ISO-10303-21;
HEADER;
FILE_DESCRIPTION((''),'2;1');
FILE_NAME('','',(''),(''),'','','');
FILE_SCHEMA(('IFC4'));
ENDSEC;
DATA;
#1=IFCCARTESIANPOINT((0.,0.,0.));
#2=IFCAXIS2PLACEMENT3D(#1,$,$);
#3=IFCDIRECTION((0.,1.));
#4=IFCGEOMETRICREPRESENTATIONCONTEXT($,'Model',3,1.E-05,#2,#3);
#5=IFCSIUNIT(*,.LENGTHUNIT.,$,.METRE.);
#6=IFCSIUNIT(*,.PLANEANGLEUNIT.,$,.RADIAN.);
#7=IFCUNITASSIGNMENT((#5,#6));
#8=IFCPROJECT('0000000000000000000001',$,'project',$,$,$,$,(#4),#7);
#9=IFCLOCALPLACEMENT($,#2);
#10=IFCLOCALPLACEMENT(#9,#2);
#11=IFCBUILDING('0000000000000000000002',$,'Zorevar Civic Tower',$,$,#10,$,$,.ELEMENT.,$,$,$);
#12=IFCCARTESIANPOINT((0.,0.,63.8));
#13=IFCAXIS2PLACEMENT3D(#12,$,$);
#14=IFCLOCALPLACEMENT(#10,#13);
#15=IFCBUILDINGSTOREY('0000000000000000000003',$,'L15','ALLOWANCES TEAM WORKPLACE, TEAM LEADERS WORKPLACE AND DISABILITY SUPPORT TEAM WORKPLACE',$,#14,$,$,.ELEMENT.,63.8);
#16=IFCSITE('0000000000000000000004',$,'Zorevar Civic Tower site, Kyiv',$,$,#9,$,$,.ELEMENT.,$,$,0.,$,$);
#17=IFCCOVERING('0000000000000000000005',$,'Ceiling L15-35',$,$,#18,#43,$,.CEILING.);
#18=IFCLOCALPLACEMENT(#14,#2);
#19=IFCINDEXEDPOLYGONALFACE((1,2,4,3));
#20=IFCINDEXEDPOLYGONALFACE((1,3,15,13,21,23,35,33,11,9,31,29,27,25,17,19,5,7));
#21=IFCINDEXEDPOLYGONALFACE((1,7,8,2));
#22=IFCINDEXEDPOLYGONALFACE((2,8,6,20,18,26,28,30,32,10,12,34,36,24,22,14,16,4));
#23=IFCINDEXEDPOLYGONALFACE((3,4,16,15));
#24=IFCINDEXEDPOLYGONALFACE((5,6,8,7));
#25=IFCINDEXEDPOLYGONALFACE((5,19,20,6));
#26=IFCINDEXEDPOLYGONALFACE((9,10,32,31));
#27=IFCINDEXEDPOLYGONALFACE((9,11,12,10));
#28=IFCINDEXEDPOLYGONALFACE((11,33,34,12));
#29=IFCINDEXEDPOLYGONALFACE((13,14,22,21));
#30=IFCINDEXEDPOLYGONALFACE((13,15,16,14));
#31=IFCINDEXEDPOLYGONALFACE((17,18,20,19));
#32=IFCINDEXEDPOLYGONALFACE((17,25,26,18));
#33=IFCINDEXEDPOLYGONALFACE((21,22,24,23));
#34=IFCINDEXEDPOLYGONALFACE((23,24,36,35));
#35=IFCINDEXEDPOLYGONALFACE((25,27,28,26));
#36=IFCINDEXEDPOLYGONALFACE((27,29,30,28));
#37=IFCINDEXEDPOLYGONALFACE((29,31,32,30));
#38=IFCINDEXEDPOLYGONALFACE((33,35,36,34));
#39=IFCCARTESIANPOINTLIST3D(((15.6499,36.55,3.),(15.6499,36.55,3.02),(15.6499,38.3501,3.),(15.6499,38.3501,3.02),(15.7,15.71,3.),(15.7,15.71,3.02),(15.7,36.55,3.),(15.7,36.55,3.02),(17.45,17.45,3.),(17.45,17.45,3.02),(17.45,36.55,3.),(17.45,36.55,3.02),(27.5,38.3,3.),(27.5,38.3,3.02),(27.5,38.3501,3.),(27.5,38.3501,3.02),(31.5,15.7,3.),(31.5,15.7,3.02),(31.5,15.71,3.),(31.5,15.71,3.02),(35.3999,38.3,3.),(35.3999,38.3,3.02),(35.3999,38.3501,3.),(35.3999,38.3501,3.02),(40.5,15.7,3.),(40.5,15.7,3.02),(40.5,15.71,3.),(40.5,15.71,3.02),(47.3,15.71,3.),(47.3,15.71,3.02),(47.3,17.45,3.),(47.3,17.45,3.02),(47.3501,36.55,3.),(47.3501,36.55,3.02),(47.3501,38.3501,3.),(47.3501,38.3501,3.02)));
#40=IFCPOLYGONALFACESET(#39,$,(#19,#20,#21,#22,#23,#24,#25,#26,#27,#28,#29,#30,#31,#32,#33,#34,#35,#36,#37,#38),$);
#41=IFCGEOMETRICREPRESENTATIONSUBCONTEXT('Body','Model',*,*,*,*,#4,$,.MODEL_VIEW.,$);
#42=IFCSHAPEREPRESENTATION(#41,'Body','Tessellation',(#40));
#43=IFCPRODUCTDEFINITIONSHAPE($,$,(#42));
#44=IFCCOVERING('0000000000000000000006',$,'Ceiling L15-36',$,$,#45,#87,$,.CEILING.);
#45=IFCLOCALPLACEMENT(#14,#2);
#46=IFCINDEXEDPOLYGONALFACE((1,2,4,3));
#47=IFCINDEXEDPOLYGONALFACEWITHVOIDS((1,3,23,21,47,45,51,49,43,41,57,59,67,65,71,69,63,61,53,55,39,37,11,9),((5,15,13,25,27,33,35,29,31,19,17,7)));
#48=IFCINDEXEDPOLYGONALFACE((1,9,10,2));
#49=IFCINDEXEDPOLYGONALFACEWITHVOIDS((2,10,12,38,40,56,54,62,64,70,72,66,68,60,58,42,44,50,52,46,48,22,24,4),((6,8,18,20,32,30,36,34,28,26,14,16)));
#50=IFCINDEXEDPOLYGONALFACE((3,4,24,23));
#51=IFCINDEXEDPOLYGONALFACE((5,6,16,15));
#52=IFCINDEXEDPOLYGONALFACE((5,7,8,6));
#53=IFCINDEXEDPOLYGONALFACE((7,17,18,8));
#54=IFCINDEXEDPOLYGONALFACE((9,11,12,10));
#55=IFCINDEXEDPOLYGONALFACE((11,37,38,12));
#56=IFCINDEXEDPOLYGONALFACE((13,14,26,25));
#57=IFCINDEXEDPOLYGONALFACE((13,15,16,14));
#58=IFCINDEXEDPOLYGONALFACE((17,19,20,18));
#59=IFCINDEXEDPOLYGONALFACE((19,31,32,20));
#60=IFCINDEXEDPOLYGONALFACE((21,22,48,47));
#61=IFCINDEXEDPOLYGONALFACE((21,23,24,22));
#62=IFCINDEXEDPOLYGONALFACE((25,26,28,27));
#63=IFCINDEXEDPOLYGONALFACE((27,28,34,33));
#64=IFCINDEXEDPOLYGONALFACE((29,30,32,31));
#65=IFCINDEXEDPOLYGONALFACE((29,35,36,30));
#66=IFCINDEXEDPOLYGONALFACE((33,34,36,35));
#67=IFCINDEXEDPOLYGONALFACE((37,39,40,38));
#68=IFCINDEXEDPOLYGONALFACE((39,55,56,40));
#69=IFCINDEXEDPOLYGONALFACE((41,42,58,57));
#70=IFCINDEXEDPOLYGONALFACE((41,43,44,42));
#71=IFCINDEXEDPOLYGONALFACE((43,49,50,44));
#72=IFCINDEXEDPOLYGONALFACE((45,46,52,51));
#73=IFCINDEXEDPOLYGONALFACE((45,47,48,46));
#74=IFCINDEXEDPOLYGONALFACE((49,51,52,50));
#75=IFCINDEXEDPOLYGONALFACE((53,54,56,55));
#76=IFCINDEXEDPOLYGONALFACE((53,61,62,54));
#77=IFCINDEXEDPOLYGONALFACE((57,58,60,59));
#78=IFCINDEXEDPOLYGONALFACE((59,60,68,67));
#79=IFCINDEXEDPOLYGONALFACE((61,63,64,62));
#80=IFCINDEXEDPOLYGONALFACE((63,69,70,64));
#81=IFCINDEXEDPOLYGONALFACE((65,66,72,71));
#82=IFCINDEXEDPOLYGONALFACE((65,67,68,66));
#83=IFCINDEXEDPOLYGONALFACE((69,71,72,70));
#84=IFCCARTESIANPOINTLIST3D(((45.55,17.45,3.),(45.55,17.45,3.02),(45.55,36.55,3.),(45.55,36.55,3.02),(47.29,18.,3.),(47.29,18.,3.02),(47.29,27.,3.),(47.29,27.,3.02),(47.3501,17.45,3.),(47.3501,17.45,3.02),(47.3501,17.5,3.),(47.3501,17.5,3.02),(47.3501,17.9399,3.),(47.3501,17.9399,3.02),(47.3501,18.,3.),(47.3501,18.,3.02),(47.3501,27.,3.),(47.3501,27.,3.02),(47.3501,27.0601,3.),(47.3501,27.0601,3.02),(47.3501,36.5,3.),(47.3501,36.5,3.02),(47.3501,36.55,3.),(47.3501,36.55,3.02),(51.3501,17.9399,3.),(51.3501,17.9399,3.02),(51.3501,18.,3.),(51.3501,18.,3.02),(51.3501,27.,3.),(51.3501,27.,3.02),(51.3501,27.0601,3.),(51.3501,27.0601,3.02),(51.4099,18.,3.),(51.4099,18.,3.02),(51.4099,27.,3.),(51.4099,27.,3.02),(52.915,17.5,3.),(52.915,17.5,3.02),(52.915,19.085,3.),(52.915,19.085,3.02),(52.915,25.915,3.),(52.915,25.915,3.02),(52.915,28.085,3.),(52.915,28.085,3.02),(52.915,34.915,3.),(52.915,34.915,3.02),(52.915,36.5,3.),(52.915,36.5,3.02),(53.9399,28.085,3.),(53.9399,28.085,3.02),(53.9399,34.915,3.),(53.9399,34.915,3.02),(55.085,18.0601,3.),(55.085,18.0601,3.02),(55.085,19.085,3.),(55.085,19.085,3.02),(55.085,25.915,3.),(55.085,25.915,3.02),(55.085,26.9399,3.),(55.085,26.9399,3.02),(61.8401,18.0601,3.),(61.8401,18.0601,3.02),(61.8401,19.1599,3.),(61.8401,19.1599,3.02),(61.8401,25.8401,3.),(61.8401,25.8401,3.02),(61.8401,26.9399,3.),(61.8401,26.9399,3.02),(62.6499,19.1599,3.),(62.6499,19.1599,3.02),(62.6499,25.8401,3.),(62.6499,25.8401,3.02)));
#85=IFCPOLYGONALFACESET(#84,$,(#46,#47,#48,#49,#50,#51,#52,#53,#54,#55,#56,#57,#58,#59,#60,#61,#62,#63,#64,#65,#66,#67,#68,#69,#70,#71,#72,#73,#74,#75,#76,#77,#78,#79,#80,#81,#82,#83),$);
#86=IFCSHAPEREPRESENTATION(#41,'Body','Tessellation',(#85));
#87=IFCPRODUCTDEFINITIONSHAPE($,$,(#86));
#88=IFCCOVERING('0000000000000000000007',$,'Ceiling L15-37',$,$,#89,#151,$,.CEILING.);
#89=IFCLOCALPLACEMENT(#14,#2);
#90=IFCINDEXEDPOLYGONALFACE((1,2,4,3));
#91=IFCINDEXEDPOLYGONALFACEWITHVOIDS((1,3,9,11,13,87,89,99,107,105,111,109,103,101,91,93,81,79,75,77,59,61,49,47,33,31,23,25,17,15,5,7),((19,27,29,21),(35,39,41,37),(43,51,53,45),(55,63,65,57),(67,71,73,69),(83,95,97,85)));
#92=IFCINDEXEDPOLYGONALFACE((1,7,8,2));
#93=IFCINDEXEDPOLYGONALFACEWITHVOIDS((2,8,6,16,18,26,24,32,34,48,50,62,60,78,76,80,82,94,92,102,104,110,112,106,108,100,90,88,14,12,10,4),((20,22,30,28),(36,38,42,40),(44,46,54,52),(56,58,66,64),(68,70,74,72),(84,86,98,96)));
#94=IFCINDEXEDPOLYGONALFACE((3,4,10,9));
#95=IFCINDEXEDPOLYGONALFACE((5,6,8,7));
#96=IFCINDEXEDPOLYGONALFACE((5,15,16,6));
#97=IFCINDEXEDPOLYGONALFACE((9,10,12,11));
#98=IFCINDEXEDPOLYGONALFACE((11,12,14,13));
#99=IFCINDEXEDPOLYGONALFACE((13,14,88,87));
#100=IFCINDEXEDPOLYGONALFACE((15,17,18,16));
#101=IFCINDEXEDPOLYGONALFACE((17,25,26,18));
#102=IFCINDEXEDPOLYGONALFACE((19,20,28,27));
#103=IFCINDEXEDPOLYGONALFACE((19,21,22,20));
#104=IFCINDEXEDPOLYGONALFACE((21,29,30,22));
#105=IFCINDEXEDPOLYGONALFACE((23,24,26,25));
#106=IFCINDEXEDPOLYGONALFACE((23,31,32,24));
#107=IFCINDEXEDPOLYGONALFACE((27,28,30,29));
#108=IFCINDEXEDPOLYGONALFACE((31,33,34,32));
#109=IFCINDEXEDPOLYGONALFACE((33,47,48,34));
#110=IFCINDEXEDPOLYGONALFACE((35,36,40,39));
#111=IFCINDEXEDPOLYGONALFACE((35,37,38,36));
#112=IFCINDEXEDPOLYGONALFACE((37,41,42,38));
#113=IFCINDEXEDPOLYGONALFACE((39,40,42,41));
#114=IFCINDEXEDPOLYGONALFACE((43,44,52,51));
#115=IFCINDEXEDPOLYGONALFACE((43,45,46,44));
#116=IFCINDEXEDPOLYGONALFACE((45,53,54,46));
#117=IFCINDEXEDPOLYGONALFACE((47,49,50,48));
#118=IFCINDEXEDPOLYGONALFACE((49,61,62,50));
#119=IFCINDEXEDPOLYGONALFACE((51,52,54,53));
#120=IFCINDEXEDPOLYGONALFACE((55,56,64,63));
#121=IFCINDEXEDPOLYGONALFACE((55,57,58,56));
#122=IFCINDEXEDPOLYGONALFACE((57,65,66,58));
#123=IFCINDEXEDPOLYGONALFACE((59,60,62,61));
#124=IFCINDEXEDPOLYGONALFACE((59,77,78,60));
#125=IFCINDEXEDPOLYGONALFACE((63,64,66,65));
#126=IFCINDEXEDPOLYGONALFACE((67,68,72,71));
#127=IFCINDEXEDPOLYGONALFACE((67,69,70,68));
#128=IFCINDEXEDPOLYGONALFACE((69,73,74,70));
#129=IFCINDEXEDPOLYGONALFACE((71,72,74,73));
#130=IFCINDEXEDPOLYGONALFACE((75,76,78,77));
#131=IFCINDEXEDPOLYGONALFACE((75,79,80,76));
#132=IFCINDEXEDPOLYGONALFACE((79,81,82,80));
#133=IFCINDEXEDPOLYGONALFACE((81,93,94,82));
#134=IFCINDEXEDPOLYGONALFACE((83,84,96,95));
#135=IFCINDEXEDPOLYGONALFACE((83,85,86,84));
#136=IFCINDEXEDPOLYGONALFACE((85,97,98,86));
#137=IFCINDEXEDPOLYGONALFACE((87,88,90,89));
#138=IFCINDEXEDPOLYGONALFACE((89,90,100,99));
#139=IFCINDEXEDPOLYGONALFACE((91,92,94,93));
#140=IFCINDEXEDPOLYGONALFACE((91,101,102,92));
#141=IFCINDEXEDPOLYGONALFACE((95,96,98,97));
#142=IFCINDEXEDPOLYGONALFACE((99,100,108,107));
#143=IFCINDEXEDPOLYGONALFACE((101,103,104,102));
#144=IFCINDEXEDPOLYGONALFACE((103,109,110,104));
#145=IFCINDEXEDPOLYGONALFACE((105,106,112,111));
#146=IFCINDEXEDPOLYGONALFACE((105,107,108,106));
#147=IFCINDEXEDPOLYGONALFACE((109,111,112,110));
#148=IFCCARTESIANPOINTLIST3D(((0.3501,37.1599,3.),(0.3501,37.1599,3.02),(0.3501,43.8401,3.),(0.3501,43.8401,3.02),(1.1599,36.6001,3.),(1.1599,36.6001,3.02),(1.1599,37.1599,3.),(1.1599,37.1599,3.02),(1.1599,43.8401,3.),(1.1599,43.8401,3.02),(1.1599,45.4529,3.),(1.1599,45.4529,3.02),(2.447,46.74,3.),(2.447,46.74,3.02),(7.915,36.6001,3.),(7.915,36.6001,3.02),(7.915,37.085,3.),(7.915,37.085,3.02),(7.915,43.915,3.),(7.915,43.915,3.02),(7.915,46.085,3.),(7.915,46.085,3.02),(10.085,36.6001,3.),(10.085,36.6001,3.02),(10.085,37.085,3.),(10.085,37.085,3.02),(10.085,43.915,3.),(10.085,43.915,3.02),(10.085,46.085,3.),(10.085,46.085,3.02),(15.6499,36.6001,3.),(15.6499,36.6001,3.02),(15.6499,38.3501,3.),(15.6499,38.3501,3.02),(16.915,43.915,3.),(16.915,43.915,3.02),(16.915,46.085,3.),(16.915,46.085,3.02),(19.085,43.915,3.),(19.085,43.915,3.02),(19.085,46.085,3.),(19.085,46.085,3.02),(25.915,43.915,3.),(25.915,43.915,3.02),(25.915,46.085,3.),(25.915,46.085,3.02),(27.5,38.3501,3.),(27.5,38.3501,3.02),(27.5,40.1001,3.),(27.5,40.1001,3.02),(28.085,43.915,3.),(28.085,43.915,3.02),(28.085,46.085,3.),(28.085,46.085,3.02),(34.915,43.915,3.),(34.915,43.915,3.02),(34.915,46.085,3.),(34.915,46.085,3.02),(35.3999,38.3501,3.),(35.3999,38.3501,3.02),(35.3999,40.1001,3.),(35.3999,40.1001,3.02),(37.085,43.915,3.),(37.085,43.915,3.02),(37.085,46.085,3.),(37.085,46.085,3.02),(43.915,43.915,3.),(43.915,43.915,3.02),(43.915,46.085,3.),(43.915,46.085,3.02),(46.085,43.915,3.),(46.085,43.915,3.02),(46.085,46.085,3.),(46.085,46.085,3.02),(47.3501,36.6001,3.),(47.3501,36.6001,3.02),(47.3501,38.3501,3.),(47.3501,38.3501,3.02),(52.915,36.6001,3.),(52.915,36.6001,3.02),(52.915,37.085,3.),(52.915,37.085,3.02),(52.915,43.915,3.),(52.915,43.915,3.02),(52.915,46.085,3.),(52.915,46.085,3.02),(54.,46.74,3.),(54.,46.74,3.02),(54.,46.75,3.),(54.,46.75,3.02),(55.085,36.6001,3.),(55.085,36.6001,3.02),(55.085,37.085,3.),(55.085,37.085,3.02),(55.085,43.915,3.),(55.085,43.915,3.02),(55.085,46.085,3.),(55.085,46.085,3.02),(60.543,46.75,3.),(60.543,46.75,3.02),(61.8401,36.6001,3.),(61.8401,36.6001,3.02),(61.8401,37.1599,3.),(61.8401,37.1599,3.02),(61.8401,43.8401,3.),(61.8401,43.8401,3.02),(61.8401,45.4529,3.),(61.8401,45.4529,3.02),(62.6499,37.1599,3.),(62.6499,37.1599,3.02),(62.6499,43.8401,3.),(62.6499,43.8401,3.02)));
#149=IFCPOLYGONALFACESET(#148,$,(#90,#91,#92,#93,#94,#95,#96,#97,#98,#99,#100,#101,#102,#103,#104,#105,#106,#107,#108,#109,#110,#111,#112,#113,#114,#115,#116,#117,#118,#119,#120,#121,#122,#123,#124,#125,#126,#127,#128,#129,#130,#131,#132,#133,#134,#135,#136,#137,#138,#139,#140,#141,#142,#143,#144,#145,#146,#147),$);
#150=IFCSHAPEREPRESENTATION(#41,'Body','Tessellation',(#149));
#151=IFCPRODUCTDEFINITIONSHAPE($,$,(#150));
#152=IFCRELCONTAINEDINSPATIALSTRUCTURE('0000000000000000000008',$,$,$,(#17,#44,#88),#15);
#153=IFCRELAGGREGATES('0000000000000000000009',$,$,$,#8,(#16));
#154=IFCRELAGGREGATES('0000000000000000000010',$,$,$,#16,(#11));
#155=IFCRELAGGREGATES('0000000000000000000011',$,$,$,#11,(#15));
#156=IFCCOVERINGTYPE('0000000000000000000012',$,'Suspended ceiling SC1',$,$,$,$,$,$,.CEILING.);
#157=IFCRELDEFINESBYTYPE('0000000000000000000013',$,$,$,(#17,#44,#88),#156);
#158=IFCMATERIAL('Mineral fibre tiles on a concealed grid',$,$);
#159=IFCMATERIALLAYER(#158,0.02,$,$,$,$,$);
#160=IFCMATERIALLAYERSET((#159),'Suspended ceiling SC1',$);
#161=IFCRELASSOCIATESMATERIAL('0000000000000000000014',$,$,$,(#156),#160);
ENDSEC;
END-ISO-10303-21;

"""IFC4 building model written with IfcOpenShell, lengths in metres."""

from ifc_helpers import new_model, si_unit, direction, frame, origin, place, context, subcontext, project, spatial, polyline, outline, extrude, material, layer, layer_set, type_object, element, save


model = new_model("IFC4")

# Units and contexts
model_context = context("Model", 3, precision=1e-05, world=origin(), true_north=direction((0.0, 1.0)))
body_context = subcontext(model_context, "Body", "Model", "MODEL_VIEW")
ifc_project = project(units=[si_unit("LENGTHUNIT", "METRE"), si_unit("PLANEANGLEUNIT", "RADIAN")], contexts=[model_context])

# Site, building, storey
site_placement = place(None, origin())
site = spatial("IfcSite", under=ifc_project, at=site_placement, Name="Zorevar Civic Tower site, Kyiv", CompositionType="ELEMENT", RefElevation=0.0)
building_placement = place(site_placement, origin())
building = spatial("IfcBuilding", under=site, at=building_placement, Name="Zorevar Civic Tower", CompositionType="ELEMENT")
storey_placement = place(building_placement, frame((0.0, 0.0, 63.8)))
storey = spatial("IfcBuildingStorey", under=building, at=storey_placement, Name="L15", Description="ALLOWANCES TEAM WORKPLACE, TEAM LEADERS WORKPLACE AND DISABILITY SUPPORT TEAM WORKPLACE", CompositionType="ELEMENT", Elevation=63.8)

# Coverings
ifc_material_1 = material(Name="Mineral fibre tiles on a concealed grid")
ifc_layer_1 = layer(ifc_material_1, 0.02)
ifc_layer_set_1 = layer_set([ifc_layer_1], Name="Suspended ceiling SC1")
covering_type_1 = type_object("IfcCoveringType", Name="Suspended ceiling SC1", PredefinedType="CEILING", material=ifc_layer_set_1)
covering_1_placement = place(storey_placement, frame((0.0, 0.0, 3.0)))
element("IfcCovering", 1, at=covering_1_placement, inside=storey, type_object=covering_type_1, Name="Ceiling L15-35", PredefinedType="CEILING", context=body_context, shape_type="SweptSolid", body=[
    extrude(outline(polyline([(47.3501, 36.55), (17.45, 36.55), (17.45, 17.45), (47.3, 17.45), (47.3, 15.71), (40.5, 15.71), (40.5, 15.7), (31.5, 15.7), (31.5, 15.71), (15.7, 15.71), (15.7, 36.55), (15.6499, 36.55), (15.6499, 38.3501), (27.5, 38.3501), (27.5, 38.3), (35.3999, 38.3), (35.3999, 38.3501), (47.3501, 38.3501), (47.3501, 36.55)])), origin(), (0.0, 0.0, 1.0), 0.02),
])
covering_2_placement = place(storey_placement, frame((0.0, 0.0, 3.0)))
element("IfcCovering", 2, at=covering_2_placement, inside=storey, type_object=covering_type_1, Name="Ceiling L15-36", PredefinedType="CEILING", context=body_context, shape_type="SweptSolid", body=[
    extrude(outline(polyline([(62.6499, 19.1599), (61.8401, 19.1599), (61.8401, 18.0601), (55.085, 18.0601), (55.085, 19.085), (52.915, 19.085), (52.915, 17.5), (47.3501, 17.5), (47.3501, 17.45), (45.55, 17.45), (45.55, 36.55), (47.3501, 36.55), (47.3501, 36.5), (52.915, 36.5), (52.915, 34.915), (53.9399, 34.915), (53.9399, 28.085), (52.915, 28.085), (52.915, 25.915), (55.085, 25.915), (55.085, 26.9399), (61.8401, 26.9399), (61.8401, 25.8401), (62.6499, 25.8401), (62.6499, 19.1599)]), holes=[polyline([(47.29, 27.0), (47.29, 18.0), (47.3501, 18.0), (47.3501, 17.9399), (51.3501, 17.9399), (51.3501, 18.0), (51.4099, 18.0), (51.4099, 27.0), (51.3501, 27.0), (51.3501, 27.0601), (47.3501, 27.0601), (47.3501, 27.0), (47.29, 27.0)])]), origin(), (0.0, 0.0, 1.0), 0.02),
])
covering_3_placement = place(storey_placement, frame((0.0, 0.0, 3.0)))
element("IfcCovering", 3, at=covering_3_placement, inside=storey, type_object=covering_type_1, Name="Ceiling L15-37", PredefinedType="CEILING", context=body_context, shape_type="SweptSolid", body=[
    extrude(outline(polyline([(27.5, 38.3501), (15.6499, 38.3501), (15.6499, 36.6001), (10.085, 36.6001), (10.085, 37.085), (7.915, 37.085), (7.915, 36.6001), (1.1599, 36.6001), (1.1599, 37.1599), (0.3501, 37.1599), (0.3501, 43.8401), (1.1599, 43.8401), (1.1599, 45.4529), (2.447, 46.74), (54.0, 46.74), (54.0, 46.75), (60.543, 46.75), (61.8401, 45.4529), (61.8401, 43.8401), (62.6499, 43.8401), (62.6499, 37.1599), (61.8401, 37.1599), (61.8401, 36.6001), (55.085, 36.6001), (55.085, 37.085), (52.915, 37.085), (52.915, 36.6001), (47.3501, 36.6001), (47.3501, 38.3501), (35.3999, 38.3501), (35.3999, 40.1001), (27.5, 40.1001), (27.5, 38.3501)]), holes=[polyline([(7.915, 43.915), (10.085, 43.915), (10.085, 46.085), (7.915, 46.085), (7.915, 43.915)]), polyline([(16.915, 46.085), (16.915, 43.915), (19.085, 43.915), (19.085, 46.085), (16.915, 46.085)]), polyline([(28.085, 46.085), (25.915, 46.085), (25.915, 43.915), (28.085, 43.915), (28.085, 46.085)]), polyline([(37.085, 43.915), (37.085, 46.085), (34.915, 46.085), (34.915, 43.915), (37.085, 43.915)]), polyline([(43.915, 43.915), (46.085, 43.915), (46.085, 46.085), (43.915, 46.085), (43.915, 43.915)]), polyline([(55.085, 46.085), (52.915, 46.085), (52.915, 43.915), (55.085, 43.915), (55.085, 46.085)])]), origin(), (0.0, 0.0, 1.0), 0.02),
])

save(model, "model.ifc")
